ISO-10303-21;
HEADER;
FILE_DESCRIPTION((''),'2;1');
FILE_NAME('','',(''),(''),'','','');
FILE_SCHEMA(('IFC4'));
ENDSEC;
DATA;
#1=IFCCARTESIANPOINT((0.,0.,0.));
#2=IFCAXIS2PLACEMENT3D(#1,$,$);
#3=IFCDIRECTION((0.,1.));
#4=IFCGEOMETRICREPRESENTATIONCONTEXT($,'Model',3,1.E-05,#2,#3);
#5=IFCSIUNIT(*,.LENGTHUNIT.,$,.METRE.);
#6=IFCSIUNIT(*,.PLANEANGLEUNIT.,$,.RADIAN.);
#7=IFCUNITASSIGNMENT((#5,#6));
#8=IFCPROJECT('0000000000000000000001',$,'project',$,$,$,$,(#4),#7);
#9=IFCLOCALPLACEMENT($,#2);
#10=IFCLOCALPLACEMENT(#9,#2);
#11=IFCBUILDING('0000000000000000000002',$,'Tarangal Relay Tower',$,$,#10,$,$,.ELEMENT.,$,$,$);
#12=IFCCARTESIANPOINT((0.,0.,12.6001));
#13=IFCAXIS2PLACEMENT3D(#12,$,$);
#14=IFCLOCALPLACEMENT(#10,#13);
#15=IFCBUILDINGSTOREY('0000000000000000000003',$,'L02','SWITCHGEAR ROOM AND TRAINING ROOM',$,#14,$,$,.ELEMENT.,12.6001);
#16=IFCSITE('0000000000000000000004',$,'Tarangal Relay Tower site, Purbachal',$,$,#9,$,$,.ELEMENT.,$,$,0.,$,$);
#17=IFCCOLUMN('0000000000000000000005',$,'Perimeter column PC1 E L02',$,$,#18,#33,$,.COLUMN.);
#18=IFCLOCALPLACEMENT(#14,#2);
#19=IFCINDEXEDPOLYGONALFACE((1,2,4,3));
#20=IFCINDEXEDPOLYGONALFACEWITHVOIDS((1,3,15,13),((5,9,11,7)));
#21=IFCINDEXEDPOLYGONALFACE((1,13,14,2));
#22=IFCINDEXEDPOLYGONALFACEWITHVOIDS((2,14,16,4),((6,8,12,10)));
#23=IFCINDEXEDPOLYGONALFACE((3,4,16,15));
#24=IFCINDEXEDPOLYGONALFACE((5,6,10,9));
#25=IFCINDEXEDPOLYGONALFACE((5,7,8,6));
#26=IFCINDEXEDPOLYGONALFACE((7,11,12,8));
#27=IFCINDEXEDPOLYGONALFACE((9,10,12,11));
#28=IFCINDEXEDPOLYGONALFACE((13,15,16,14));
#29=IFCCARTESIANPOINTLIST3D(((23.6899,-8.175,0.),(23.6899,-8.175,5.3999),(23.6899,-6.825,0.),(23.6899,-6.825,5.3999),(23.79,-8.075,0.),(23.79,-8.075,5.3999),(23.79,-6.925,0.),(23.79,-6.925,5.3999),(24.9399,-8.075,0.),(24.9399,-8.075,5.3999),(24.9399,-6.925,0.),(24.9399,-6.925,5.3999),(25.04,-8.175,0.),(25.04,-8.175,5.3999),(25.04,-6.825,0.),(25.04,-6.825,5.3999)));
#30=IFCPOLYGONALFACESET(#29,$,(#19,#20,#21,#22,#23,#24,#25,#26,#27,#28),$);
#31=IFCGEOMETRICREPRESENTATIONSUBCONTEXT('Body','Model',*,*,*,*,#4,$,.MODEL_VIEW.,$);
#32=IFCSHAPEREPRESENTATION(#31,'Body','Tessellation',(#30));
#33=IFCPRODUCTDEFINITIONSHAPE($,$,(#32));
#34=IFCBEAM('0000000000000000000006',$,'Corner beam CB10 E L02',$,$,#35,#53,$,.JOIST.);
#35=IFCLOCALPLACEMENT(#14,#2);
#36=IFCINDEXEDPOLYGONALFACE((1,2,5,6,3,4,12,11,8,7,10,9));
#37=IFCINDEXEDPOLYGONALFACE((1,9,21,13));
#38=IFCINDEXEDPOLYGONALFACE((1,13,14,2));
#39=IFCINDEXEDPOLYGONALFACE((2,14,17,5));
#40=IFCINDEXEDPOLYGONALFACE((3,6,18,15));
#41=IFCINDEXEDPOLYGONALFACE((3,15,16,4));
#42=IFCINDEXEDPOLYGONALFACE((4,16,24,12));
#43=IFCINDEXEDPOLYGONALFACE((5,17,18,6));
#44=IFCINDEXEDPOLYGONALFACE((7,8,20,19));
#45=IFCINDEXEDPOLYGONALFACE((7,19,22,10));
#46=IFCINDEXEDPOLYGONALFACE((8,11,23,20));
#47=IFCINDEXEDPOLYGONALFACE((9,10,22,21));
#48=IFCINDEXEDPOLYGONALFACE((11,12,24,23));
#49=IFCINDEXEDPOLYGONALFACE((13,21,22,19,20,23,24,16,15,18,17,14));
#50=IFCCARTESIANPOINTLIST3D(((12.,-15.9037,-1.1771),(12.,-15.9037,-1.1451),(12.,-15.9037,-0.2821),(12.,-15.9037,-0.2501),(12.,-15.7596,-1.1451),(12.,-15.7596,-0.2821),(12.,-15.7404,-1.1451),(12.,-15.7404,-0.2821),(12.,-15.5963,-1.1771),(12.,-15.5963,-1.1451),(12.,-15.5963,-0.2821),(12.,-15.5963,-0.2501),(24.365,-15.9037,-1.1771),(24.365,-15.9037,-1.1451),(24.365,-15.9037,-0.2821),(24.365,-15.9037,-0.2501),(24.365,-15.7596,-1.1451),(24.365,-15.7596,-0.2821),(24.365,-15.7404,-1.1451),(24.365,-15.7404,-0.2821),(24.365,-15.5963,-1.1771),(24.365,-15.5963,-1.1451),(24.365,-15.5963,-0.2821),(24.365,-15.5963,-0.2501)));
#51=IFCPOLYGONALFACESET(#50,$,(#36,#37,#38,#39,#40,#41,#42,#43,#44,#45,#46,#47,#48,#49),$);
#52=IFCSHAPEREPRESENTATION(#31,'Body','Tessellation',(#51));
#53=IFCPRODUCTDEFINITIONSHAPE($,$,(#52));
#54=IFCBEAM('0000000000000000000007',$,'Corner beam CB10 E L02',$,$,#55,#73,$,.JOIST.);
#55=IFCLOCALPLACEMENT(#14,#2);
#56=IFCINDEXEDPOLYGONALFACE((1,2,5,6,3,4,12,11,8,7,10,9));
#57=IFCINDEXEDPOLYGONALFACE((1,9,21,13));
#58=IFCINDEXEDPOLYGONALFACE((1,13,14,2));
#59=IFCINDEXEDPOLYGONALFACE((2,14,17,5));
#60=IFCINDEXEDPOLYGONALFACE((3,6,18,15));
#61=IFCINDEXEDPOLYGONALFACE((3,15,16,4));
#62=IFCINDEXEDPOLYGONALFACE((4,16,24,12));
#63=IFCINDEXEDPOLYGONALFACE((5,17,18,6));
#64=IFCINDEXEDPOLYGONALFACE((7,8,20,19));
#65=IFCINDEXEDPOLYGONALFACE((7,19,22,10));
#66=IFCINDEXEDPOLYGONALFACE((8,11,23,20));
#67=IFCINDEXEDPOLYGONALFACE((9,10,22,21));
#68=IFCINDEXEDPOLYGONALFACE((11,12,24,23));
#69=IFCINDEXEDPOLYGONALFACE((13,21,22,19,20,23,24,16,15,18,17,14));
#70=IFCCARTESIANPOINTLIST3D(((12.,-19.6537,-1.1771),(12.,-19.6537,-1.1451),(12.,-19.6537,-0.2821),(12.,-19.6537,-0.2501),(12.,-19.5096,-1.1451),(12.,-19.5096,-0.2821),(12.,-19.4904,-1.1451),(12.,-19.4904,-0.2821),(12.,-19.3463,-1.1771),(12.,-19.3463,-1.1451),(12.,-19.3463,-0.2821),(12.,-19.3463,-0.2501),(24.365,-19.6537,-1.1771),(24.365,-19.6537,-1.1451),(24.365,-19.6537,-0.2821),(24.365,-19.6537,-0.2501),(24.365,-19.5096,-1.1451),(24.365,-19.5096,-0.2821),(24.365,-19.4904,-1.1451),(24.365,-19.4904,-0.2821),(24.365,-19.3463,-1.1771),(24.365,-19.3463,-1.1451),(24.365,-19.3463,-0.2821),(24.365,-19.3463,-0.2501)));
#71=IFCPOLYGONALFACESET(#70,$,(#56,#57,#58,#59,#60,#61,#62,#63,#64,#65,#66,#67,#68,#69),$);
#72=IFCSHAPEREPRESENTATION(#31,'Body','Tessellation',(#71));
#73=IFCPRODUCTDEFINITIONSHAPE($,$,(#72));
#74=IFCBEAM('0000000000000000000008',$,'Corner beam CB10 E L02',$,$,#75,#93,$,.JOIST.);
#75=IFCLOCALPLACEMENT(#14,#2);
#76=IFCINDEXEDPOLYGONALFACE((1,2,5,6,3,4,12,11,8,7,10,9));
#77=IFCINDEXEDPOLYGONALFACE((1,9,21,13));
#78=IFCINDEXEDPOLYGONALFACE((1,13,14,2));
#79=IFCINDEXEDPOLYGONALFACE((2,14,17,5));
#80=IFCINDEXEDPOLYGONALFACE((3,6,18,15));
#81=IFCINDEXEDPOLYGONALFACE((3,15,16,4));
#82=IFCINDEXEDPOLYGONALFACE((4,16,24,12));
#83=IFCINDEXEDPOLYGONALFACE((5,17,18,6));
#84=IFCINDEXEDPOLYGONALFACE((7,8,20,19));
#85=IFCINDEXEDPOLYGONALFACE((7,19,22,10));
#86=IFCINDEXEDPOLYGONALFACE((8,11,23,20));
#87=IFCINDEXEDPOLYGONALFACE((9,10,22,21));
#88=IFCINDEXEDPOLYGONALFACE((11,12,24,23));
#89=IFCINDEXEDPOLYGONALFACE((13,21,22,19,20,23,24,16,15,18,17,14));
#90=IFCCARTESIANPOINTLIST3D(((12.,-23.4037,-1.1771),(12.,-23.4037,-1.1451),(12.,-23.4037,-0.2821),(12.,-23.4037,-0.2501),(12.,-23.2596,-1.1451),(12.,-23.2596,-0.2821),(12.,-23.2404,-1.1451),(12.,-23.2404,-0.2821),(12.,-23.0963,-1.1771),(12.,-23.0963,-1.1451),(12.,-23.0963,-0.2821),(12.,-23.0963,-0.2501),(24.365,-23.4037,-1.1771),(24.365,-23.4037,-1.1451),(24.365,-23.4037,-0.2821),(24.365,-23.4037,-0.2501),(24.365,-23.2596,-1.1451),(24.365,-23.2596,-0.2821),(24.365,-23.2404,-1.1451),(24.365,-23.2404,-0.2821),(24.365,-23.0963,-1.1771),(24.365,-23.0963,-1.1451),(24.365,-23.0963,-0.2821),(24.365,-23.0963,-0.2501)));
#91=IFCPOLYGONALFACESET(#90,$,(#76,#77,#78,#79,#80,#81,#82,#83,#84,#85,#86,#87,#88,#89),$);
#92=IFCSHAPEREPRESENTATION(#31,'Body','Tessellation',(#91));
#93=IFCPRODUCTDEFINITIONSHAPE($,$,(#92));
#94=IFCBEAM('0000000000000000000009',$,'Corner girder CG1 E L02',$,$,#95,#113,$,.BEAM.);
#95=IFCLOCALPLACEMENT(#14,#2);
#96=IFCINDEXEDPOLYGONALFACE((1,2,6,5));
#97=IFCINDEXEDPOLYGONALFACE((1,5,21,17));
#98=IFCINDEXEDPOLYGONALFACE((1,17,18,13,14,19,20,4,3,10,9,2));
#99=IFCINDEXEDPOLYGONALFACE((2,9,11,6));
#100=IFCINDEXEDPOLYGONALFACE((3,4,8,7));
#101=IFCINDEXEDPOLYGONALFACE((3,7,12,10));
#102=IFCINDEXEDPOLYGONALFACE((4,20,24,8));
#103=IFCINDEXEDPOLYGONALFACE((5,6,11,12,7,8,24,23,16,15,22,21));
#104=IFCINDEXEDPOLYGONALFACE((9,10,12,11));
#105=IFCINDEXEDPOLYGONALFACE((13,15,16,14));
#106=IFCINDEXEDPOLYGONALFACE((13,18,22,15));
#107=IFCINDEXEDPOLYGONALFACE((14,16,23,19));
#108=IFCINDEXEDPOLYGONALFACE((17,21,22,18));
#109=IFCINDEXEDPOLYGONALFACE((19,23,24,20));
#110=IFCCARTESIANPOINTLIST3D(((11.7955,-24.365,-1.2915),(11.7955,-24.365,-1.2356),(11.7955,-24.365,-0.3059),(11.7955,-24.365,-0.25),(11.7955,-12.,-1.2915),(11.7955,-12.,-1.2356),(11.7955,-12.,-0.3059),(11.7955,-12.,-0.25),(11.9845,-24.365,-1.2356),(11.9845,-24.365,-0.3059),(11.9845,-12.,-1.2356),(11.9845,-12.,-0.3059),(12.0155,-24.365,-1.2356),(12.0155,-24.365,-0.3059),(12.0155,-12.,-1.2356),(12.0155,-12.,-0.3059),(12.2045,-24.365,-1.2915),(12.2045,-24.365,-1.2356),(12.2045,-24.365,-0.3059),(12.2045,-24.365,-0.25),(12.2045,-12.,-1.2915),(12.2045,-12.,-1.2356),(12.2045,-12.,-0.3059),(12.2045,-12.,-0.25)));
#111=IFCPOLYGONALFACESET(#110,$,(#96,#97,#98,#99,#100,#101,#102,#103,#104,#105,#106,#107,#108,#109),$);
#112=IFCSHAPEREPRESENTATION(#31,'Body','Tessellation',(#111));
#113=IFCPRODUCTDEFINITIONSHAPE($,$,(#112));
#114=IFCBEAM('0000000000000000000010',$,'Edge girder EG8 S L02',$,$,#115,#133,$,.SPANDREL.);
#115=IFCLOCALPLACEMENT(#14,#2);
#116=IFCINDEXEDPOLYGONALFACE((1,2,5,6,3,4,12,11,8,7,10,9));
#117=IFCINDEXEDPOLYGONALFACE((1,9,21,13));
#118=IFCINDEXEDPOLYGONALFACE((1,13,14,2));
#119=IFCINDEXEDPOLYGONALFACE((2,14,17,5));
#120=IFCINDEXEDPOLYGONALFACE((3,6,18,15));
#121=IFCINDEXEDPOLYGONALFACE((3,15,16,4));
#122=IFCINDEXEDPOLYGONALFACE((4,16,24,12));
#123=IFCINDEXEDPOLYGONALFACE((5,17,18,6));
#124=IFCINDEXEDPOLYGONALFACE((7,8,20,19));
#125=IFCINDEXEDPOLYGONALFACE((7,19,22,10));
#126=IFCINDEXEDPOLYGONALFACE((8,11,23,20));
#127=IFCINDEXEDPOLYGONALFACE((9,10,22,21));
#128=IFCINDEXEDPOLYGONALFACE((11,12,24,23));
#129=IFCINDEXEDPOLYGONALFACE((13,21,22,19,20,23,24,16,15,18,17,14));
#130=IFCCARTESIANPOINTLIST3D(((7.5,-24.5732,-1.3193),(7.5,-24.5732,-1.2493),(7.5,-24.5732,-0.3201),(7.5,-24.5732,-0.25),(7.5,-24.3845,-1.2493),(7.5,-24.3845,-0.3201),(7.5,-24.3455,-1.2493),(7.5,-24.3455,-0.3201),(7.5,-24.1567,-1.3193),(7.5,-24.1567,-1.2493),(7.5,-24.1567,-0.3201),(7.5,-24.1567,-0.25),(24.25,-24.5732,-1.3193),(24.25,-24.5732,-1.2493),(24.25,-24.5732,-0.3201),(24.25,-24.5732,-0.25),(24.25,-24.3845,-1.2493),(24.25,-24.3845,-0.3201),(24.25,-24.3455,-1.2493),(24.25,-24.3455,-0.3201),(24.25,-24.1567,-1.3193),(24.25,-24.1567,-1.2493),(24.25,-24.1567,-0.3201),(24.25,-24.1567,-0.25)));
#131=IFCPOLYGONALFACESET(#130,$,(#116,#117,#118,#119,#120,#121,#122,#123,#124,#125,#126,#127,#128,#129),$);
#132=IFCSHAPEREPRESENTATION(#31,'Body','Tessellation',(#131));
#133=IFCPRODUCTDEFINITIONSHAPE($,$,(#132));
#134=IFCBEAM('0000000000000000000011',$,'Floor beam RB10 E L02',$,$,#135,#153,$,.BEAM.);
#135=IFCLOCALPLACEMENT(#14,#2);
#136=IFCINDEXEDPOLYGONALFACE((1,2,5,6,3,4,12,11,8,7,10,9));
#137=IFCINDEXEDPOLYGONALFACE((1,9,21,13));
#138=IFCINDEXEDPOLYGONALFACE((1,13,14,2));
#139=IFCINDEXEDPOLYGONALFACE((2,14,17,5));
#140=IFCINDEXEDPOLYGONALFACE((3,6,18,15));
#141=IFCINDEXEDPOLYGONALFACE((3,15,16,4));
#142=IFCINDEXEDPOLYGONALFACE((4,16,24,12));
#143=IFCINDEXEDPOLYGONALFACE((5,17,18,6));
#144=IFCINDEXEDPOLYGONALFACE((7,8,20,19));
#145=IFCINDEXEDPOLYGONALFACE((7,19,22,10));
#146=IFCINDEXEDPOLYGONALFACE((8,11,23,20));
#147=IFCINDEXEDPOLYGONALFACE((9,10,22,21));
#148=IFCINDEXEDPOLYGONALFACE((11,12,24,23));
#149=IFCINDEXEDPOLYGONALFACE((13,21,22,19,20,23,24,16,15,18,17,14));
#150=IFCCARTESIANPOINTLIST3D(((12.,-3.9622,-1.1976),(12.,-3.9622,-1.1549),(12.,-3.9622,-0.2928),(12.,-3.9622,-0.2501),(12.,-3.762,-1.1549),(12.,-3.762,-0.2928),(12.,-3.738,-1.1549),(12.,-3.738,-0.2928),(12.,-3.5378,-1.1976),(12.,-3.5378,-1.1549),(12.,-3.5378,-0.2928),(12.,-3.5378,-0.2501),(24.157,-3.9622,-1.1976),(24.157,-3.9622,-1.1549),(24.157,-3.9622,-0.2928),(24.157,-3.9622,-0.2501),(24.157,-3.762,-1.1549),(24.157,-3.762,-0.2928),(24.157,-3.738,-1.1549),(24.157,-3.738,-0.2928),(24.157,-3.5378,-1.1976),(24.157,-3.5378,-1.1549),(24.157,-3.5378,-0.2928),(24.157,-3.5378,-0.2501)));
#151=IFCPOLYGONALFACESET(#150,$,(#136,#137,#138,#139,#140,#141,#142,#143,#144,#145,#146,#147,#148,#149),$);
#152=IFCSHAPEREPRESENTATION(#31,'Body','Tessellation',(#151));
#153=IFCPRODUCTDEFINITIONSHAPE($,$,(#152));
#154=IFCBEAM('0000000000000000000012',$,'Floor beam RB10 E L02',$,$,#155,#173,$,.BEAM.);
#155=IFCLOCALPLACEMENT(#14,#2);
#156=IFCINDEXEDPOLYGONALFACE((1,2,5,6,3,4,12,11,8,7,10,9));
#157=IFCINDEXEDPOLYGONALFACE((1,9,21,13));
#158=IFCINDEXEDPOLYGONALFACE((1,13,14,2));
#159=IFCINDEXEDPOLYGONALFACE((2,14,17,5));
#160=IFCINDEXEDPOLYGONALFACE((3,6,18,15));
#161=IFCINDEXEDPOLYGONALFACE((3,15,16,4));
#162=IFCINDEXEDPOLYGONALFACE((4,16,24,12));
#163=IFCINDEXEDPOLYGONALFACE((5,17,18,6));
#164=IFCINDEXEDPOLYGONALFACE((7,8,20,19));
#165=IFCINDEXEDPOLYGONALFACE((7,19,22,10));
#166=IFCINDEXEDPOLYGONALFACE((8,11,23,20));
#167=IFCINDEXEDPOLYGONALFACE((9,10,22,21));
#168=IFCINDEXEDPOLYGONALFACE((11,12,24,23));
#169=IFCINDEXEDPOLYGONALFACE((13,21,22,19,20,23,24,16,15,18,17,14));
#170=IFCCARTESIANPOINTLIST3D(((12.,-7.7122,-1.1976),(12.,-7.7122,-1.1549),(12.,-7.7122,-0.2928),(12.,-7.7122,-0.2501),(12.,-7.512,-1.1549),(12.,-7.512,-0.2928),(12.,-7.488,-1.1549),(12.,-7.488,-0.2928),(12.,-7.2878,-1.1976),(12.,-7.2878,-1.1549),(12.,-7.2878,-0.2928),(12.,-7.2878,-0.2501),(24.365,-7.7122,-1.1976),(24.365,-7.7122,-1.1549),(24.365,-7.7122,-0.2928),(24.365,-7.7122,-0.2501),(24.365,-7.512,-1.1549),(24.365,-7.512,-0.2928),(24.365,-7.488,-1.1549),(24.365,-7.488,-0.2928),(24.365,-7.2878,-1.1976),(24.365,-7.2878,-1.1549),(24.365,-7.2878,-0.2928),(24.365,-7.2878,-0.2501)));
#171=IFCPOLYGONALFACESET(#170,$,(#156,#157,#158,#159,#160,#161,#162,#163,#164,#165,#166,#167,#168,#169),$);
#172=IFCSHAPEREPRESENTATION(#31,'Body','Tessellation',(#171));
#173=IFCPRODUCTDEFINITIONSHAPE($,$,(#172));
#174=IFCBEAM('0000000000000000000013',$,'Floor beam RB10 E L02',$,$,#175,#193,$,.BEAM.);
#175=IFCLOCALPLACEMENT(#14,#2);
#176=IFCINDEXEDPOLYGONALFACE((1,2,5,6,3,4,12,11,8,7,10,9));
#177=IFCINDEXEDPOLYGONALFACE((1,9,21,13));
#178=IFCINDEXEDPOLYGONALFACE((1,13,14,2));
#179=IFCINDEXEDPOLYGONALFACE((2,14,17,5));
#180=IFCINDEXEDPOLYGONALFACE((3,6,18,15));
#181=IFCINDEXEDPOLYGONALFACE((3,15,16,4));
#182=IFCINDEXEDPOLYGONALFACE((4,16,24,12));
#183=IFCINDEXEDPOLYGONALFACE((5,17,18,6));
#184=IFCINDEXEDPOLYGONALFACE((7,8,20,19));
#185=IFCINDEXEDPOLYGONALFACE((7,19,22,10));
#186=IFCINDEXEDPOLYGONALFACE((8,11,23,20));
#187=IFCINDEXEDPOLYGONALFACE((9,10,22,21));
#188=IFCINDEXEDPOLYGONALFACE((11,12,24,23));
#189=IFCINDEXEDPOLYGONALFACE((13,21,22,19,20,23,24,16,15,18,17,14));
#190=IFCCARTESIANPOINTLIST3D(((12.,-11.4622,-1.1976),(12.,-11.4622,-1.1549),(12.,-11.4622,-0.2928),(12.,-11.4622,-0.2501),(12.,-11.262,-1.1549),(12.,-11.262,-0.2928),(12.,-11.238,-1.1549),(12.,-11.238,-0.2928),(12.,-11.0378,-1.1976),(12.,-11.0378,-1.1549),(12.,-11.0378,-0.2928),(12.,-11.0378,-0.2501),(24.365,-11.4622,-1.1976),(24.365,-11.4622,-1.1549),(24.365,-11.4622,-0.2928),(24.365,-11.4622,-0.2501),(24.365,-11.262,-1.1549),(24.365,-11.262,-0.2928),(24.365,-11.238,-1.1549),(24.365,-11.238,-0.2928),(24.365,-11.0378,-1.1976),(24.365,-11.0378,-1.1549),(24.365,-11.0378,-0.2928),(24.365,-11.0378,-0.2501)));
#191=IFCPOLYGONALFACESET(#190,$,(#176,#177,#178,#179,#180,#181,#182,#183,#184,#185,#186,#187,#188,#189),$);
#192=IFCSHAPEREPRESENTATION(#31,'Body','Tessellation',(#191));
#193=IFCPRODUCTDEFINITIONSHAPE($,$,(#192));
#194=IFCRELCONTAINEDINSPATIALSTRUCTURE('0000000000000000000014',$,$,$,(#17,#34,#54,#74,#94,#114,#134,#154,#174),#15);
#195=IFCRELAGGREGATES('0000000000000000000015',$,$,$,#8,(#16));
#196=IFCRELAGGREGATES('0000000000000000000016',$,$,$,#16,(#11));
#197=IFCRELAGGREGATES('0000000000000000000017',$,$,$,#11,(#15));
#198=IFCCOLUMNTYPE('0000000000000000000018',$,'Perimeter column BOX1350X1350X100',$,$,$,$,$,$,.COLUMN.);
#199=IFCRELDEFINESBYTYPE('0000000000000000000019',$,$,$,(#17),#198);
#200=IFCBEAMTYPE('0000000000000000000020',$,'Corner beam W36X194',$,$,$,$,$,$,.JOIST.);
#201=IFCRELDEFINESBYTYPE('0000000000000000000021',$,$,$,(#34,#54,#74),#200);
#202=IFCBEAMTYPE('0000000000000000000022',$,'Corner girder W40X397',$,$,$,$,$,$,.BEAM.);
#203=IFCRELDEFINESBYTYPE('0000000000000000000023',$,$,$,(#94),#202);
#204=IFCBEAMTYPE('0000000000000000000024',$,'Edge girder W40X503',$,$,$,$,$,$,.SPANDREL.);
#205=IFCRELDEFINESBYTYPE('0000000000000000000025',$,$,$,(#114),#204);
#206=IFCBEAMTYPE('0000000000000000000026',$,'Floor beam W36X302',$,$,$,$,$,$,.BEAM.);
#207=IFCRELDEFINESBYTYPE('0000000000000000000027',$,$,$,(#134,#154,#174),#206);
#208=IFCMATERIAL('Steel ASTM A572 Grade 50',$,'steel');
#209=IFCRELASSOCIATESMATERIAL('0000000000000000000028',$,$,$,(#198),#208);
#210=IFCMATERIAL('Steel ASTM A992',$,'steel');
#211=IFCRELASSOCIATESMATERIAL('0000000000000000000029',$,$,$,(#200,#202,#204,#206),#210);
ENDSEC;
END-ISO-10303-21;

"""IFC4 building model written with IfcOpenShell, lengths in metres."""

from ifc_helpers import new_model, si_unit, direction, frame, origin, origin_2d, place, context, subcontext, project, spatial, hollow_rectangle, i_section, extrude, material, material_profile, profile_set, type_object, element, save


model = new_model("IFC4")

# Units and contexts
model_context = context("Model", 3, precision=1e-05, world=origin(), true_north=direction((0.0, 1.0)))
body_context = subcontext(model_context, "Body", "Model", "MODEL_VIEW")
ifc_project = project(units=[si_unit("LENGTHUNIT", "METRE"), si_unit("PLANEANGLEUNIT", "RADIAN")], contexts=[model_context])

# Site, building, storey
site_placement = place(None, origin())
site = spatial("IfcSite", under=ifc_project, at=site_placement, Name="Tarangal Relay Tower site, Purbachal", CompositionType="ELEMENT", RefElevation=0.0)
building_placement = place(site_placement, origin())
building = spatial("IfcBuilding", under=site, at=building_placement, Name="Tarangal Relay Tower", CompositionType="ELEMENT")
storey_placement = place(building_placement, frame((0.0, 0.0, 12.6001)))
storey = spatial("IfcBuildingStorey", under=building, at=storey_placement, Name="L02", Description="SWITCHGEAR ROOM AND TRAINING ROOM", CompositionType="ELEMENT", Elevation=12.6001)

# Column
ifc_material_1 = material(Name="Steel ASTM A572 Grade 50", Category="steel")
ifc_material_profile_1 = material_profile(ifc_material_1, hollow_rectangle(XDim=1.3501, YDim=1.3501, WallThickness=0.1001, at=origin_2d()), Name="BOX1350X1350X100")
ifc_profile_set_1 = profile_set([ifc_material_profile_1], Name="Steel ASTM A572 Grade 50")
column_type = type_object("IfcColumnType", Name="Perimeter column BOX1350X1350X100", PredefinedType="COLUMN", material=ifc_profile_set_1)
column_placement = place(storey_placement, frame((24.365, -7.5, 0.0), z_axis=(0.0, 0.0, 1.0), x_axis=(1.0, 0.0, 0.0)))
element("IfcColumn", 1, at=column_placement, inside=storey, type_object=column_type, Name="Perimeter column PC1 E L02", PredefinedType="COLUMN", context=body_context, shape_type="SweptSolid", body=[
    extrude(hollow_rectangle(XDim=1.3501, YDim=1.3501, WallThickness=0.1001, at=origin_2d()), origin(), (0.0, 0.0, 1.0), 5.3999),
])

# Beams
ifc_material_2 = material(Name="Steel ASTM A992", Category="steel")
ifc_material_profile_2 = material_profile(ifc_material_2, i_section(OverallWidth=0.3074, OverallDepth=0.927, WebThickness=0.0193, FlangeThickness=0.032, at=origin_2d()), Name="W36X194")
ifc_profile_set_2 = profile_set([ifc_material_profile_2], Name="Steel ASTM A992")
beam_type_1 = type_object("IfcBeamType", Name="Corner beam W36X194", PredefinedType="JOIST", material=ifc_profile_set_2)
for number, where, z_axis, x_axis, name in (
    (2, (12.0, -15.75, -0.7136), (1.0, 0.0, 0.0), (0.0, 1.0, 0.0), "Corner beam CB10 E L02"),
    (3, (12.0, -19.5, -0.7136), (1.0, 0.0, 0.0), (0.0, 1.0, 0.0), "Corner beam CB10 E L02"),
    (4, (12.0, -23.25, -0.7136), (1.0, 0.0, 0.0), (0.0, 1.0, 0.0), "Corner beam CB10 E L02"),
):
    element("IfcBeam", number, at=place(storey_placement, frame(where, z_axis=z_axis, x_axis=x_axis)), inside=storey, type_object=beam_type_1, Name=name, PredefinedType="JOIST", context=body_context, shape_type="SweptSolid", body=[
        extrude(i_section(OverallWidth=0.3074, OverallDepth=0.927, WebThickness=0.0193, FlangeThickness=0.032, at=origin_2d()), origin(), (0.0, 0.0, 1.0), 12.365),
    ])
ifc_material_profile_3 = material_profile(ifc_material_2, i_section(OverallWidth=0.4089, OverallDepth=1.0415, WebThickness=0.031, FlangeThickness=0.0559, at=origin_2d()), Name="W40X397")
ifc_profile_set_3 = profile_set([ifc_material_profile_3], Name="Steel ASTM A992")
beam_type_2 = type_object("IfcBeamType", Name="Corner girder W40X397", PredefinedType="BEAM", material=ifc_profile_set_3)
beam_1_placement = place(storey_placement, frame((12.0, -12.0, -0.7708), z_axis=(0.0, -1.0, 0.0), x_axis=(1.0, 0.0, 0.0)))
element("IfcBeam", 5, at=beam_1_placement, inside=storey, type_object=beam_type_2, Name="Corner girder CG1 E L02", PredefinedType="BEAM", context=body_context, shape_type="SweptSolid", body=[
    extrude(i_section(OverallWidth=0.4089, OverallDepth=1.0415, WebThickness=0.031, FlangeThickness=0.0559, at=origin_2d()), origin(), (0.0, 0.0, 1.0), 12.365),
])
ifc_material_profile_4 = material_profile(ifc_material_2, i_section(OverallWidth=0.4165, OverallDepth=1.0693, WebThickness=0.0391, FlangeThickness=0.0701, at=origin_2d()), Name="W40X503")
ifc_profile_set_4 = profile_set([ifc_material_profile_4], Name="Steel ASTM A992")
beam_type_3 = type_object("IfcBeamType", Name="Edge girder W40X503", PredefinedType="SPANDREL", material=ifc_profile_set_4)
beam_2_placement = place(storey_placement, frame((24.25, -24.365, -0.7847), z_axis=(-1.0, 0.0, 0.0), x_axis=(0.0, -1.0, 0.0)))
element("IfcBeam", 6, at=beam_2_placement, inside=storey, type_object=beam_type_3, Name="Edge girder EG8 S L02", PredefinedType="SPANDREL", context=body_context, shape_type="SweptSolid", body=[
    extrude(i_section(OverallWidth=0.4165, OverallDepth=1.0693, WebThickness=0.0391, FlangeThickness=0.0701, at=origin_2d()), origin(), (0.0, 0.0, 1.0), 16.75),
])
ifc_material_profile_5 = material_profile(ifc_material_2, i_section(OverallWidth=0.4243, OverallDepth=0.9475, WebThickness=0.0239, FlangeThickness=0.0427, at=origin_2d()), Name="W36X302")
ifc_profile_set_5 = profile_set([ifc_material_profile_5], Name="Steel ASTM A992")
beam_type_4 = type_object("IfcBeamType", Name="Floor beam W36X302", PredefinedType="BEAM", material=ifc_profile_set_5)
beam_3_placement = place(storey_placement, frame((12.0, -3.75, -0.7239), z_axis=(1.0, 0.0, 0.0), x_axis=(0.0, 1.0, 0.0)))
element("IfcBeam", 7, at=beam_3_placement, inside=storey, type_object=beam_type_4, Name="Floor beam RB10 E L02", PredefinedType="BEAM", context=body_context, shape_type="SweptSolid", body=[
    extrude(i_section(OverallWidth=0.4243, OverallDepth=0.9475, WebThickness=0.0239, FlangeThickness=0.0427, at=origin_2d()), origin(), (0.0, 0.0, 1.0), 12.157),
])
for number, where, z_axis, x_axis, name in (
    (8, (12.0, -7.5, -0.7239), (1.0, 0.0, 0.0), (0.0, 1.0, 0.0), "Floor beam RB10 E L02"),
    (9, (12.0, -11.25, -0.7239), (1.0, 0.0, 0.0), (0.0, 1.0, 0.0), "Floor beam RB10 E L02"),
):
    element("IfcBeam", number, at=place(storey_placement, frame(where, z_axis=z_axis, x_axis=x_axis)), inside=storey, type_object=beam_type_4, Name=name, PredefinedType="BEAM", context=body_context, shape_type="SweptSolid", body=[
        extrude(i_section(OverallWidth=0.4243, OverallDepth=0.9475, WebThickness=0.0239, FlangeThickness=0.0427, at=origin_2d()), origin(), (0.0, 0.0, 1.0), 12.365),
    ])

save(model, "model.ifc")
